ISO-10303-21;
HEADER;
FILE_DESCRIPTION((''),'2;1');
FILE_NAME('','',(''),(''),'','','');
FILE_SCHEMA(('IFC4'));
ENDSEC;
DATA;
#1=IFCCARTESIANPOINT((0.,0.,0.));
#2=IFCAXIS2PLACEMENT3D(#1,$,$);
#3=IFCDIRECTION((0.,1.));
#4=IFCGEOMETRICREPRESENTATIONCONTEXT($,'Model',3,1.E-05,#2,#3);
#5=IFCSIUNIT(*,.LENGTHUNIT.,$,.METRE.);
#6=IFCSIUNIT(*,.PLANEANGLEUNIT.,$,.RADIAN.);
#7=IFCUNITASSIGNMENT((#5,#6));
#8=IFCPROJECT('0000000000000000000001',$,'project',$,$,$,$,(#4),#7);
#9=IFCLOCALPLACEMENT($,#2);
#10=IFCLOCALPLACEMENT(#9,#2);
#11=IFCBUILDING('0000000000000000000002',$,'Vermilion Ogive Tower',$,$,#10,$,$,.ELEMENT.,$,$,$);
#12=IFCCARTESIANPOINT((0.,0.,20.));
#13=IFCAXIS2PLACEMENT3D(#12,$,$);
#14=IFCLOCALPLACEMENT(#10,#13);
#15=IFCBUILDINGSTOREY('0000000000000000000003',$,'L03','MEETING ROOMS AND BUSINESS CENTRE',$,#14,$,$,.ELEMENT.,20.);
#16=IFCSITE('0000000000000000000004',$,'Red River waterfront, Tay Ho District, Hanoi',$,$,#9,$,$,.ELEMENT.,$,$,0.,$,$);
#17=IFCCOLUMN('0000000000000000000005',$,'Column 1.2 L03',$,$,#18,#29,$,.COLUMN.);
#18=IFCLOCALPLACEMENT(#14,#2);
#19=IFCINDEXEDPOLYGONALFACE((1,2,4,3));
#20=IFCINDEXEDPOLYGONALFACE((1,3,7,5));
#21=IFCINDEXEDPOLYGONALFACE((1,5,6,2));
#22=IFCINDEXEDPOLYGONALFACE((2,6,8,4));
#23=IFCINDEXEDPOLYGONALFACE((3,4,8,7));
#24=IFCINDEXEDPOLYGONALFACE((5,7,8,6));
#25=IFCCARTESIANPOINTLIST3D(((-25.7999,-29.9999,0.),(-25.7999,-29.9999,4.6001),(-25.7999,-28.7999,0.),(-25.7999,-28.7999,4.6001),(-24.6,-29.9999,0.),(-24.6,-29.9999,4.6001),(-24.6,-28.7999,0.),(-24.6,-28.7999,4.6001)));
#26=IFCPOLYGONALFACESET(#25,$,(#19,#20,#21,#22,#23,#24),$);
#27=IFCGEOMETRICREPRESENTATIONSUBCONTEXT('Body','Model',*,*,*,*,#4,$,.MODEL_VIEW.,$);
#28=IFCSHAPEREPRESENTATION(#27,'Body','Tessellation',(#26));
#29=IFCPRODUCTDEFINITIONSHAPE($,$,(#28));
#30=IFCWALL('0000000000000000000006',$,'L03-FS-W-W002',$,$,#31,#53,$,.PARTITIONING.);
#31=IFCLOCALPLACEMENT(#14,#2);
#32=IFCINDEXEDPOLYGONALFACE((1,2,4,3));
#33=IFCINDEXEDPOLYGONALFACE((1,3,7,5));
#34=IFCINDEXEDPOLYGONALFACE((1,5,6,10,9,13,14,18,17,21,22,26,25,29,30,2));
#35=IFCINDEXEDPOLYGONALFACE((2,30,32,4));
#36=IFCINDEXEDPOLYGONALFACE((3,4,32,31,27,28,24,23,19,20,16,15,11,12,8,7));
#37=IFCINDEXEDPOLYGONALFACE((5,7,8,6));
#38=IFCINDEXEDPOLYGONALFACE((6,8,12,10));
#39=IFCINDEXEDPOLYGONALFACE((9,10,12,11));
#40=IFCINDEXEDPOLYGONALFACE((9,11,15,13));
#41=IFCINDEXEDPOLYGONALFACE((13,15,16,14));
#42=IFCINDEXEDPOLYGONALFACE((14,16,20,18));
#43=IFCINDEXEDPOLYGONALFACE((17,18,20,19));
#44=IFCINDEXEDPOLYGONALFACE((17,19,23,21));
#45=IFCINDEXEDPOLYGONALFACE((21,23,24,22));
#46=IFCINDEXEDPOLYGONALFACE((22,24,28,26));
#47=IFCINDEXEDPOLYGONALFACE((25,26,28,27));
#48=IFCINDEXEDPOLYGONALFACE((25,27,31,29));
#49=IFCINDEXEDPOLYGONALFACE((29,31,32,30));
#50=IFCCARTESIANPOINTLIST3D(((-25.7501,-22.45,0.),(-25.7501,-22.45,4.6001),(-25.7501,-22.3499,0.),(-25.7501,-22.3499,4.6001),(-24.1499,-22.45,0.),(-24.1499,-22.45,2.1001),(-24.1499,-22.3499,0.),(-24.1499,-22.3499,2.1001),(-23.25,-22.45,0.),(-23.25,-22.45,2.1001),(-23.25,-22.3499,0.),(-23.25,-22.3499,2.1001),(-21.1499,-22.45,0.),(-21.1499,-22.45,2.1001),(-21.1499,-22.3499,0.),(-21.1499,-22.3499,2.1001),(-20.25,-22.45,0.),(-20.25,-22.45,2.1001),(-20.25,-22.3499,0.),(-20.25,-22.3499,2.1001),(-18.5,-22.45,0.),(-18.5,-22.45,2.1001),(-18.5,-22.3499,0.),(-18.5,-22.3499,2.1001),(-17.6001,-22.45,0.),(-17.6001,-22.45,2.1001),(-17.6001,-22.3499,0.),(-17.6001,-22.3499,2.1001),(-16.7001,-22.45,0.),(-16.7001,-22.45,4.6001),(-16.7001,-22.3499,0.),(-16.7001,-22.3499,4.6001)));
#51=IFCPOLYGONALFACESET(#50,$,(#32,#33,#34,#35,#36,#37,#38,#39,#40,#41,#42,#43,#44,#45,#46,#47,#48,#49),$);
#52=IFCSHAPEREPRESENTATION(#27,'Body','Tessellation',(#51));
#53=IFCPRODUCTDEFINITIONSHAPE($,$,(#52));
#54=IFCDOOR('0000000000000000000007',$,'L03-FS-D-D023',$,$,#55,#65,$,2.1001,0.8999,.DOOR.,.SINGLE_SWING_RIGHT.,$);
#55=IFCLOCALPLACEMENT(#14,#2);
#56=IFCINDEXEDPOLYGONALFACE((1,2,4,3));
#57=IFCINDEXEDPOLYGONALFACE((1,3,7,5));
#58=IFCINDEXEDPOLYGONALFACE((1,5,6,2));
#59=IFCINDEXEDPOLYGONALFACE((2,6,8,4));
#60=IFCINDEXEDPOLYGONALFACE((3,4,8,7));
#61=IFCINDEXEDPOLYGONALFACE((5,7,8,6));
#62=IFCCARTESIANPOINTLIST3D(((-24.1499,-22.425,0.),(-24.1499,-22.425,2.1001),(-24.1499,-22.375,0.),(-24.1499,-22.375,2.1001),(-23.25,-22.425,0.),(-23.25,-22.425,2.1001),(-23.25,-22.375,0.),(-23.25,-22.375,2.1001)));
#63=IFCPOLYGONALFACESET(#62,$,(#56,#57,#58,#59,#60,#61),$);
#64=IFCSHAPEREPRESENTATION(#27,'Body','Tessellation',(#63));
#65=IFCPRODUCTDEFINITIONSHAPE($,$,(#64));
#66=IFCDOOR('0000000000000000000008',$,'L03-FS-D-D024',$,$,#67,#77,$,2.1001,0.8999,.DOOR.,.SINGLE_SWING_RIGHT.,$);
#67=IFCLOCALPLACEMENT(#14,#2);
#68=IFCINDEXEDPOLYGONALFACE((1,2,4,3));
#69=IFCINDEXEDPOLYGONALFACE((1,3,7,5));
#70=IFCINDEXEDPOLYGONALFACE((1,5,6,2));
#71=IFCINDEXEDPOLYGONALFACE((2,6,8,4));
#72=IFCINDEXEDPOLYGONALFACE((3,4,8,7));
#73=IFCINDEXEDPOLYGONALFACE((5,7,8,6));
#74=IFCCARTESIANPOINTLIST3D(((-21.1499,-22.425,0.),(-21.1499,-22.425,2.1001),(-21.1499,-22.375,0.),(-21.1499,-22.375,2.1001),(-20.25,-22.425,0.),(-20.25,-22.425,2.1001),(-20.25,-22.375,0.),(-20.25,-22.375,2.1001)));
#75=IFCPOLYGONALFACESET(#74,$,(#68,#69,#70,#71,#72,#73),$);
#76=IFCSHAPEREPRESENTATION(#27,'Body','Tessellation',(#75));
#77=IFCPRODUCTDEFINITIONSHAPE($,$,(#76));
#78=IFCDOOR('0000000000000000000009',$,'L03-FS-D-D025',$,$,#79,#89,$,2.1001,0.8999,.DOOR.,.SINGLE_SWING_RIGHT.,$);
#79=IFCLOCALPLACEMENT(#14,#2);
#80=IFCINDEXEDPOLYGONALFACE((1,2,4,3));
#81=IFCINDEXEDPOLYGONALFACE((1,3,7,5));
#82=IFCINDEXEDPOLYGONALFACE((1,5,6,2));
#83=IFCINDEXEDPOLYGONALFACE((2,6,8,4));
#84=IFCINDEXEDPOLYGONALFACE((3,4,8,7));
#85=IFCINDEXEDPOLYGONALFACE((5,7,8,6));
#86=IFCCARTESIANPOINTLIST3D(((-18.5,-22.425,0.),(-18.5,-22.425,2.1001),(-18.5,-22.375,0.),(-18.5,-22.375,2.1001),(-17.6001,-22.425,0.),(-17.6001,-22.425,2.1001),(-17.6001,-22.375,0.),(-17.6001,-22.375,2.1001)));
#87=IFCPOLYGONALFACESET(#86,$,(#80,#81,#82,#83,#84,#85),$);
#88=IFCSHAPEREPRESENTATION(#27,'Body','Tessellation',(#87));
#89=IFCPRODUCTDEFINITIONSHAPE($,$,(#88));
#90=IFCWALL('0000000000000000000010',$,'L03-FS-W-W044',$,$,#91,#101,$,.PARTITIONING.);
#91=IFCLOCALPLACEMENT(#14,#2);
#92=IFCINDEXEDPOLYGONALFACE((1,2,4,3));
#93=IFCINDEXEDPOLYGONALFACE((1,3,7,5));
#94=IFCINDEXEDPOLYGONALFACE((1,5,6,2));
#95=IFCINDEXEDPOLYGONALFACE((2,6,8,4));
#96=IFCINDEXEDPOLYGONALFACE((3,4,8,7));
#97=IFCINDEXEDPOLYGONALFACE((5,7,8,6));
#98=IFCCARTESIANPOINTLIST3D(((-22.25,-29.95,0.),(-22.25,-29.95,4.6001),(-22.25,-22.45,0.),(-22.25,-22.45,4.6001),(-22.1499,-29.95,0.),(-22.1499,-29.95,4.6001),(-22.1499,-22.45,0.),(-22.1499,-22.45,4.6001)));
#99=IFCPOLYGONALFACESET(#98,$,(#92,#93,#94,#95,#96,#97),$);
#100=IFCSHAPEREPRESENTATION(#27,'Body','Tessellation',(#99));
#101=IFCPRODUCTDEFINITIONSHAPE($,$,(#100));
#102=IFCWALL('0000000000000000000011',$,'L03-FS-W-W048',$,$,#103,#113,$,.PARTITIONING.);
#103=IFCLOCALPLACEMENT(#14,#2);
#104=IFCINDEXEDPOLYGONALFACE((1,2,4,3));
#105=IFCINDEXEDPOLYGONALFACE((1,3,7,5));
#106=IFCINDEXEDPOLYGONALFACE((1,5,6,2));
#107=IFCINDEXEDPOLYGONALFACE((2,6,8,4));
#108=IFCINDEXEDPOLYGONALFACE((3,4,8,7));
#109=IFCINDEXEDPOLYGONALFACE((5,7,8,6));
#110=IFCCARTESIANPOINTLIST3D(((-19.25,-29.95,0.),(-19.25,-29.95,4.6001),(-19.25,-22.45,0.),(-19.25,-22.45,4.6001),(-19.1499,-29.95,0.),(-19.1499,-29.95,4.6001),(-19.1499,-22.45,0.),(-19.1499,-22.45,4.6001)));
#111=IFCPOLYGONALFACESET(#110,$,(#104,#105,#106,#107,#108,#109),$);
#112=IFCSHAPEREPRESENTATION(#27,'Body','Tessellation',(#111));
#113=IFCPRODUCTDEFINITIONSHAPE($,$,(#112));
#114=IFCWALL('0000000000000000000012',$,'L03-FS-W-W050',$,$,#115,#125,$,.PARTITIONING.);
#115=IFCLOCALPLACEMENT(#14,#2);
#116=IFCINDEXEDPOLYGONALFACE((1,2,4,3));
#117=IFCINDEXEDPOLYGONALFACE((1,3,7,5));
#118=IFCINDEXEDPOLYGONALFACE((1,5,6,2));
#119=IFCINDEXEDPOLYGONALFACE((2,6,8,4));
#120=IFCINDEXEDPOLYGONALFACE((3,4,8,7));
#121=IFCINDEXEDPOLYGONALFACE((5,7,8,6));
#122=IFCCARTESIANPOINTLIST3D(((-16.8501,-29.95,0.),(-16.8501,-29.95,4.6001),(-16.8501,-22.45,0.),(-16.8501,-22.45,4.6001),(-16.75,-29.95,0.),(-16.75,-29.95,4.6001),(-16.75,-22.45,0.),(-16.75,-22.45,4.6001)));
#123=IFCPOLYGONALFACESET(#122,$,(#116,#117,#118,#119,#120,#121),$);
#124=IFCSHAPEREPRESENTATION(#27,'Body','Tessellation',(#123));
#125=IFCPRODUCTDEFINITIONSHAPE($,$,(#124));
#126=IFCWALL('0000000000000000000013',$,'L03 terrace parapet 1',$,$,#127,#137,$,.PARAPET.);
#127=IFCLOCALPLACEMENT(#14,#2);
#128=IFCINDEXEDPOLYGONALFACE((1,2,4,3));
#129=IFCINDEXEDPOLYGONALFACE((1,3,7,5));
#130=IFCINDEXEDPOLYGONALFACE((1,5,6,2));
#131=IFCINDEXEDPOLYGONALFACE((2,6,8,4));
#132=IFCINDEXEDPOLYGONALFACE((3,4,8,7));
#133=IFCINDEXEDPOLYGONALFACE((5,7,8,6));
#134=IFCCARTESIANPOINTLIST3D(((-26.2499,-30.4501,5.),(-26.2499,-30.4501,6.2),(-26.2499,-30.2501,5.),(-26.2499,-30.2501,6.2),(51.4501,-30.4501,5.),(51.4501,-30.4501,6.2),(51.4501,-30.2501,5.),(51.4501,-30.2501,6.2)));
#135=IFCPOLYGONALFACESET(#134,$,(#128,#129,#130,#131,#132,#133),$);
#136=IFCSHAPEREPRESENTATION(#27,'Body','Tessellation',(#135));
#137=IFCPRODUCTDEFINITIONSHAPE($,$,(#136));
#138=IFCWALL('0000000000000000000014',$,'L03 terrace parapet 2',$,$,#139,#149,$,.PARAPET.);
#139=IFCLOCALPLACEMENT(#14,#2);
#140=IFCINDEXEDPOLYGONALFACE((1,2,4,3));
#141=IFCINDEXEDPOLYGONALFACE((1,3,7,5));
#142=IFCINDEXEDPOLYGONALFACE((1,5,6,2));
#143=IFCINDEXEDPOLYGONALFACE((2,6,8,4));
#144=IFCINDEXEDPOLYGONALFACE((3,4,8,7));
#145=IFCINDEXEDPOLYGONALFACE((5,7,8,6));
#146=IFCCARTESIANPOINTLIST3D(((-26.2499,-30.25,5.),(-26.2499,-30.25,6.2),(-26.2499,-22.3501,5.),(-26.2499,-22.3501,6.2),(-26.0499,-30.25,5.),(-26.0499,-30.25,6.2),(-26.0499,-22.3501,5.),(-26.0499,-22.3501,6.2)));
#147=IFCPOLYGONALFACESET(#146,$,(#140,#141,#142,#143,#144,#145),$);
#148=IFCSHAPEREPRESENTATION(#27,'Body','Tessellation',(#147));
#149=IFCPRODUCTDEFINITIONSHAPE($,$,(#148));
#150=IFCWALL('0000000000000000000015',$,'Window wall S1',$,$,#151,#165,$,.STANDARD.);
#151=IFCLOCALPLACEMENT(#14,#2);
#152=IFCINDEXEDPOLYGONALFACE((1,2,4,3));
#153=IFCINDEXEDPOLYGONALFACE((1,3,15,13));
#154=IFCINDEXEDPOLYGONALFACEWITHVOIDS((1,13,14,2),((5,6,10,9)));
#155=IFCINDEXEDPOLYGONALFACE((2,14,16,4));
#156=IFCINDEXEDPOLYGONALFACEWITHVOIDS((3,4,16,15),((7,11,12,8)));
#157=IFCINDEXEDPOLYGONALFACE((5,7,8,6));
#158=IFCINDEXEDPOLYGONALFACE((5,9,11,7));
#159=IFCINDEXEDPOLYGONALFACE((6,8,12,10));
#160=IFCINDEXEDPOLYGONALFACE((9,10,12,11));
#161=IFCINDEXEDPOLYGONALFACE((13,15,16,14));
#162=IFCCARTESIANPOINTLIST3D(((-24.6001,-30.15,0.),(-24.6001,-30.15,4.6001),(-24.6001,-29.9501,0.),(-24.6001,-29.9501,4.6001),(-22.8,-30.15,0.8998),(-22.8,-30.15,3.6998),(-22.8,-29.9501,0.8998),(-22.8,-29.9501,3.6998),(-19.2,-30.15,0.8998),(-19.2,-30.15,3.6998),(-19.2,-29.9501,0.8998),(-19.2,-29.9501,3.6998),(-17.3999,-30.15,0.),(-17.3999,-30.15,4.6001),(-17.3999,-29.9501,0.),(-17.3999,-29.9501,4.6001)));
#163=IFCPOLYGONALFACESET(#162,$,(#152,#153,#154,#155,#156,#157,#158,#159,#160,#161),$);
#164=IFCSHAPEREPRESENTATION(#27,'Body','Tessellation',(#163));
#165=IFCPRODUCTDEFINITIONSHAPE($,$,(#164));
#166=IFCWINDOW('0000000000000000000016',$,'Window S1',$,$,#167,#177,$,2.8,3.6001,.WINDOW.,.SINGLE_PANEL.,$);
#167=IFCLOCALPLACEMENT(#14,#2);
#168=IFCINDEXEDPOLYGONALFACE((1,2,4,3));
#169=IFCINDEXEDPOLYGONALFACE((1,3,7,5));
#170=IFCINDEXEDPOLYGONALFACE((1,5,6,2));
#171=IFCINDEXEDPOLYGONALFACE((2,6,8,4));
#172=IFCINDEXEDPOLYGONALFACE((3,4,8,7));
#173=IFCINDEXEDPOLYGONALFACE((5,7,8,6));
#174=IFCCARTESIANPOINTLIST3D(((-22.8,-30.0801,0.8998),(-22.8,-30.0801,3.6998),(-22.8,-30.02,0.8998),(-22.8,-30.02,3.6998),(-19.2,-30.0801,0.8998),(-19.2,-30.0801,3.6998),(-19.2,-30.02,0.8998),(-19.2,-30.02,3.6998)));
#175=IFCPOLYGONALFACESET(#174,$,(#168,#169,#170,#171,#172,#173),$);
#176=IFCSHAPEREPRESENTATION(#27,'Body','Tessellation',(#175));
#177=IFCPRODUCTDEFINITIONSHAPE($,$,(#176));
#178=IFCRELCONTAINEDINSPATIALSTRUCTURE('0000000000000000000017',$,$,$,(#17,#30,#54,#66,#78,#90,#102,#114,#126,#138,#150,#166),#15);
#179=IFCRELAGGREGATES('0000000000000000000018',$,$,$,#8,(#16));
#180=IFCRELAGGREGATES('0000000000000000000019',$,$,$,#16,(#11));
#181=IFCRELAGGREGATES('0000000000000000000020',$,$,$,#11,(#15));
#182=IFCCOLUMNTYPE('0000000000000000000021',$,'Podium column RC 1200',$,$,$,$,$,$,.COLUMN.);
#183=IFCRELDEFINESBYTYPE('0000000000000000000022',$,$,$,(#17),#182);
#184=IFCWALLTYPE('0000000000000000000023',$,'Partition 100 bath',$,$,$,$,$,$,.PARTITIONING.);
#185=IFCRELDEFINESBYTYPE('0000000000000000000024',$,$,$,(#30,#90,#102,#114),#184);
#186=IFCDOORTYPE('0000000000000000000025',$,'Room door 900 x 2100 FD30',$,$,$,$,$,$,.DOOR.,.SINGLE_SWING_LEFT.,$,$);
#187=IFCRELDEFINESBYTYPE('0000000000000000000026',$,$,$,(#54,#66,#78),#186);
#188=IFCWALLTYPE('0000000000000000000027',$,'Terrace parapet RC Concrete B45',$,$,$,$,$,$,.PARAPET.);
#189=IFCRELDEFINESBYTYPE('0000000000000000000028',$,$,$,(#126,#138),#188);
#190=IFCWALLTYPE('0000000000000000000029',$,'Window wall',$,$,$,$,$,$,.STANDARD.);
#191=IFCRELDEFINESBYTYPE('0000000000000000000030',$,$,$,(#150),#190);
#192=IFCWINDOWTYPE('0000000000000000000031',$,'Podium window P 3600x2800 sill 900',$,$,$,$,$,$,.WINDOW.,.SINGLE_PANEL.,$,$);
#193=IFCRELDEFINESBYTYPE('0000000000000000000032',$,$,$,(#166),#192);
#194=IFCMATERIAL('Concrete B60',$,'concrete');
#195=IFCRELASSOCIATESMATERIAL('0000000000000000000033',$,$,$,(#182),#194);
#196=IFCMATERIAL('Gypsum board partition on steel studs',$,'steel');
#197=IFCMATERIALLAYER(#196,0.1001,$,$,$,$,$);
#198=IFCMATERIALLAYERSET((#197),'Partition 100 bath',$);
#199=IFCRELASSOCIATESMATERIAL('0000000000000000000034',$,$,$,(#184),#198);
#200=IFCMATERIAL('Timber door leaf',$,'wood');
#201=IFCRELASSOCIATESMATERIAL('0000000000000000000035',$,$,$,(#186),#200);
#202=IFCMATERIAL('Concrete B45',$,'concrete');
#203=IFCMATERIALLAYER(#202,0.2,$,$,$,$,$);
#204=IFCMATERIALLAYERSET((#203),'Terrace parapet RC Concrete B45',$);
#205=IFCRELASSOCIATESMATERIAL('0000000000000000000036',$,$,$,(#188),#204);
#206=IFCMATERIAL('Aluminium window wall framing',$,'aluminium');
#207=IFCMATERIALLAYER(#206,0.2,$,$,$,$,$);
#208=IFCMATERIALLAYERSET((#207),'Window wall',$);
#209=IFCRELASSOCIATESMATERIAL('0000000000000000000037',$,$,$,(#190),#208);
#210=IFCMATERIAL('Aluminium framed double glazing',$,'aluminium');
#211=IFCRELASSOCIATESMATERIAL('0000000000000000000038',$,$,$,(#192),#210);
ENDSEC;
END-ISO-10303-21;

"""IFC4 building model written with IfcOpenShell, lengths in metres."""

from ifc_helpers import new_model, si_unit, direction, frame, frame_2d, origin, origin_2d, place, context, subcontext, project, spatial, rectangle, extrude, material, layer, layer_set, material_profile, profile_set, type_object, element, fill, save


model = new_model("IFC4")

# Units and contexts
model_context = context("Model", 3, precision=1e-05, world=origin(), true_north=direction((0.0, 1.0)))
body_context = subcontext(model_context, "Body", "Model", "MODEL_VIEW")
ifc_project = project(units=[si_unit("LENGTHUNIT", "METRE"), si_unit("PLANEANGLEUNIT", "RADIAN")], contexts=[model_context])

# Site, building, storey
site_placement = place(None, origin())
site = spatial("IfcSite", under=ifc_project, at=site_placement, Name="Red River waterfront, Tay Ho District, Hanoi", CompositionType="ELEMENT", RefElevation=0.0)
building_placement = place(site_placement, origin())
building = spatial("IfcBuilding", under=site, at=building_placement, Name="Vermilion Ogive Tower", CompositionType="ELEMENT")
storey_placement = place(building_placement, frame((0.0, 0.0, 20.0)))
storey = spatial("IfcBuildingStorey", under=building, at=storey_placement, Name="L03", Description="MEETING ROOMS AND BUSINESS CENTRE", CompositionType="ELEMENT", Elevation=20.0)

# Column
ifc_material_1 = material(Name="Concrete B60", Category="concrete")
ifc_material_profile = material_profile(ifc_material_1, rectangle(XDim=1.2, YDim=1.2, at=origin_2d()), Name="RC 1200x1200")
ifc_profile_set = profile_set([ifc_material_profile], Name="Concrete B60")
column_type = type_object("IfcColumnType", Name="Podium column RC 1200", PredefinedType="COLUMN", material=ifc_profile_set)
column_placement = place(storey_placement, frame((-25.2, -29.3999, 0.0), z_axis=(0.0, 0.0, 1.0), x_axis=(1.0, 0.0, 0.0)))
element("IfcColumn", 1, at=column_placement, inside=storey, type_object=column_type, Name="Column 1.2 L03", PredefinedType="COLUMN", context=body_context, shape_type="SweptSolid", body=[
    extrude(rectangle(XDim=1.2, YDim=1.2, at=origin_2d()), origin(), (0.0, 0.0, 1.0), 4.6001),
])

# Wall, openings, doors
ifc_material_2 = material(Name="Gypsum board partition on steel studs", Category="steel")
ifc_layer_1 = layer(ifc_material_2, 0.1001)
ifc_layer_set_1 = layer_set([ifc_layer_1], Name="Partition 100 bath")
wall_type_1 = type_object("IfcWallType", Name="Partition 100 bath", PredefinedType="PARTITIONING", material=ifc_layer_set_1)
wall_1_placement = place(storey_placement, frame((-25.75, -22.3999, 0.0), z_axis=(0.0, 0.0, 1.0), x_axis=(1.0, 0.0, 0.0)))
wall_1 = element("IfcWall", 2, at=wall_1_placement, inside=storey, type_object=wall_type_1, Name="L03-FS-W-W002", PredefinedType="PARTITIONING", context=body_context, shape_type="SweptSolid", body=[
    extrude(rectangle(XDim=9.05, YDim=0.1001, at=frame_2d((4.5249, 0.0))), origin(), (0.0, 0.0, 1.0), 4.6001),
])
opening_1_placement = place(wall_1_placement, frame((1.6001, 0.0, 0.0)))
opening_1 = element("IfcOpeningElement", 3, at=opening_1_placement, cuts=wall_1, PredefinedType="OPENING", context=body_context, shape_type="SweptSolid", body=[
    extrude(rectangle(XDim=0.8999, YDim=2.1001, at=frame_2d((0.45, 1.05))), frame((0.0, 0.0601, 0.0), z_axis=(0.0, -1.0, 0.0), x_axis=(1.0, 0.0, 0.0)), (0.0, 0.0, 1.0), 0.1201),
])
opening_2_placement = place(wall_1_placement, frame((4.6001, 0.0, 0.0)))
opening_2 = element("IfcOpeningElement", 4, at=opening_2_placement, cuts=wall_1, PredefinedType="OPENING", context=body_context, shape_type="SweptSolid", body=[
    extrude(rectangle(XDim=0.8999, YDim=2.1001, at=frame_2d((0.45, 1.05))), frame((0.0, 0.0601, 0.0), z_axis=(0.0, -1.0, 0.0), x_axis=(1.0, 0.0, 0.0)), (0.0, 0.0, 1.0), 0.1201),
])
opening_3_placement = place(wall_1_placement, frame((7.25, 0.0, 0.0)))
opening_3 = element("IfcOpeningElement", 5, at=opening_3_placement, cuts=wall_1, PredefinedType="OPENING", context=body_context, shape_type="SweptSolid", body=[
    extrude(rectangle(XDim=0.8999, YDim=2.1001, at=frame_2d((0.45, 1.05))), frame((0.0, 0.0601, 0.0), z_axis=(0.0, -1.0, 0.0), x_axis=(1.0, 0.0, 0.0)), (0.0, 0.0, 1.0), 0.1201),
])
ifc_material_3 = material(Name="Timber door leaf", Category="wood")
door_type = type_object("IfcDoorType", Name="Room door 900 x 2100 FD30", OperationType="SINGLE_SWING_LEFT", PredefinedType="DOOR", material=ifc_material_3)
door_1_placement = place(opening_1_placement, origin())
door_1 = element("IfcDoor", 6, at=door_1_placement, inside=storey, type_object=door_type, Name="L03-FS-D-D023", OperationType="SINGLE_SWING_RIGHT", OverallHeight=2.1001, OverallWidth=0.8999, PredefinedType="DOOR", context=body_context, shape_type="SweptSolid", body=[
    extrude(rectangle(XDim=0.8999, YDim=2.1001, at=frame_2d((0.45, 1.05))), frame((0.0, 0.0249, 0.0), z_axis=(0.0, -1.0, 0.0), x_axis=(1.0, 0.0, 0.0)), (0.0, 0.0, 1.0), 0.05),
])
fill(opening_1, door_1)
door_2_placement = place(opening_2_placement, origin())
door_2 = element("IfcDoor", 7, at=door_2_placement, inside=storey, type_object=door_type, Name="L03-FS-D-D024", OperationType="SINGLE_SWING_RIGHT", OverallHeight=2.1001, OverallWidth=0.8999, PredefinedType="DOOR", context=body_context, shape_type="SweptSolid", body=[
    extrude(rectangle(XDim=0.8999, YDim=2.1001, at=frame_2d((0.45, 1.05))), frame((0.0, 0.0249, 0.0), z_axis=(0.0, -1.0, 0.0), x_axis=(1.0, 0.0, 0.0)), (0.0, 0.0, 1.0), 0.05),
])
fill(opening_2, door_2)
door_3_placement = place(opening_3_placement, origin())
door_3 = element("IfcDoor", 8, at=door_3_placement, inside=storey, type_object=door_type, Name="L03-FS-D-D025", OperationType="SINGLE_SWING_RIGHT", OverallHeight=2.1001, OverallWidth=0.8999, PredefinedType="DOOR", context=body_context, shape_type="SweptSolid", body=[
    extrude(rectangle(XDim=0.8999, YDim=2.1001, at=frame_2d((0.45, 1.05))), frame((0.0, 0.0249, 0.0), z_axis=(0.0, -1.0, 0.0), x_axis=(1.0, 0.0, 0.0)), (0.0, 0.0, 1.0), 0.05),
])
fill(opening_3, door_3)

# Walls
for number, where, z_axis, x_axis, name in (
    (9, (-22.2, -29.95, 0.0), (0.0, 0.0, 1.0), (0.0, 1.0, 0.0), "L03-FS-W-W044"),
    (10, (-19.2, -29.95, 0.0), (0.0, 0.0, 1.0), (0.0, 1.0, 0.0), "L03-FS-W-W048"),
    (11, (-16.8, -29.95, 0.0), (0.0, 0.0, 1.0), (0.0, 1.0, 0.0), "L03-FS-W-W050"),
):
    element("IfcWall", number, at=place(storey_placement, frame(where, z_axis=z_axis, x_axis=x_axis)), inside=storey, type_object=wall_type_1, Name=name, PredefinedType="PARTITIONING", context=body_context, shape_type="SweptSolid", body=[
        extrude(rectangle(XDim=7.5, YDim=0.1001, at=frame_2d((3.75, 0.0))), origin(), (0.0, 0.0, 1.0), 4.6001),
    ])
ifc_material_4 = material(Name="Concrete B45", Category="concrete")
ifc_layer_2 = layer(ifc_material_4, 0.2)
ifc_layer_set_2 = layer_set([ifc_layer_2], Name="Terrace parapet RC Concrete B45")
wall_type_2 = type_object("IfcWallType", Name="Terrace parapet RC Concrete B45", PredefinedType="PARAPET", material=ifc_layer_set_2)
wall_2_placement = place(storey_placement, frame((-26.25, -30.3501, 5.0), z_axis=(0.0, 0.0, 1.0), x_axis=(1.0, 0.0, 0.0)))
element("IfcWall", 12, at=wall_2_placement, inside=storey, type_object=wall_type_2, Name="L03 terrace parapet 1", PredefinedType="PARAPET", context=body_context, shape_type="SweptSolid", body=[
    extrude(rectangle(XDim=77.7, YDim=0.2, at=frame_2d((38.8501, 0.0))), origin(), (0.0, 0.0, 1.0), 1.2),
])
wall_3_placement = place(storey_placement, frame((-26.1499, -30.25, 5.0), z_axis=(0.0, 0.0, 1.0), x_axis=(0.0, 1.0, 0.0)))
element("IfcWall", 13, at=wall_3_placement, inside=storey, type_object=wall_type_2, Name="L03 terrace parapet 2", PredefinedType="PARAPET", context=body_context, shape_type="SweptSolid", body=[
    extrude(rectangle(XDim=7.8999, YDim=0.2, at=frame_2d((3.95, 0.0))), origin(), (0.0, 0.0, 1.0), 1.2),
])

# Wall, opening, window
ifc_material_5 = material(Name="Aluminium window wall framing", Category="aluminium")
ifc_layer_3 = layer(ifc_material_5, 0.2)
ifc_layer_set_3 = layer_set([ifc_layer_3], Name="Window wall")
wall_type_3 = type_object("IfcWallType", Name="Window wall", PredefinedType="STANDARD", material=ifc_layer_set_3)
wall_4_placement = place(storey_placement, frame((-24.6001, -30.05, 0.0), z_axis=(0.0, 0.0, 1.0), x_axis=(1.0, 0.0, 0.0)))
wall_4 = element("IfcWall", 14, at=wall_4_placement, inside=storey, type_object=wall_type_3, Name="Window wall S1", PredefinedType="STANDARD", context=body_context, shape_type="SweptSolid", body=[
    extrude(rectangle(XDim=7.2002, YDim=0.2, at=frame_2d((3.6001, 0.0))), origin(), (0.0, 0.0, 1.0), 4.6001),
])
opening_4_placement = place(wall_4_placement, frame((1.8, 0.0, 0.8999)))
opening_4 = element("IfcOpeningElement", 15, at=opening_4_placement, cuts=wall_4, PredefinedType="OPENING", context=body_context, shape_type="SweptSolid", body=[
    extrude(rectangle(XDim=3.6001, YDim=2.8, at=frame_2d((1.8, 1.3999))), frame((0.0, 0.1099, 0.0), z_axis=(0.0, -1.0, 0.0), x_axis=(1.0, 0.0, 0.0)), (0.0, 0.0, 1.0), 0.22),
])
ifc_material_6 = material(Name="Aluminium framed double glazing", Category="aluminium")
window_type = type_object("IfcWindowType", Name="Podium window P 3600x2800 sill 900", PartitioningType="SINGLE_PANEL", PredefinedType="WINDOW", material=ifc_material_6)
window_placement = place(opening_4_placement, origin())
window = element("IfcWindow", 16, at=window_placement, inside=storey, type_object=window_type, Name="Window S1", OverallHeight=2.8, OverallWidth=3.6001, PartitioningType="SINGLE_PANEL", PredefinedType="WINDOW", context=body_context, shape_type="SweptSolid", body=[
    extrude(rectangle(XDim=3.6001, YDim=2.8, at=frame_2d((1.8, 1.3999))), frame((0.0, 0.03, 0.0), z_axis=(0.0, -1.0, 0.0), x_axis=(1.0, 0.0, 0.0)), (0.0, 0.0, 1.0), 0.0601),
])
fill(opening_4, window)

save(model, "model.ifc")
